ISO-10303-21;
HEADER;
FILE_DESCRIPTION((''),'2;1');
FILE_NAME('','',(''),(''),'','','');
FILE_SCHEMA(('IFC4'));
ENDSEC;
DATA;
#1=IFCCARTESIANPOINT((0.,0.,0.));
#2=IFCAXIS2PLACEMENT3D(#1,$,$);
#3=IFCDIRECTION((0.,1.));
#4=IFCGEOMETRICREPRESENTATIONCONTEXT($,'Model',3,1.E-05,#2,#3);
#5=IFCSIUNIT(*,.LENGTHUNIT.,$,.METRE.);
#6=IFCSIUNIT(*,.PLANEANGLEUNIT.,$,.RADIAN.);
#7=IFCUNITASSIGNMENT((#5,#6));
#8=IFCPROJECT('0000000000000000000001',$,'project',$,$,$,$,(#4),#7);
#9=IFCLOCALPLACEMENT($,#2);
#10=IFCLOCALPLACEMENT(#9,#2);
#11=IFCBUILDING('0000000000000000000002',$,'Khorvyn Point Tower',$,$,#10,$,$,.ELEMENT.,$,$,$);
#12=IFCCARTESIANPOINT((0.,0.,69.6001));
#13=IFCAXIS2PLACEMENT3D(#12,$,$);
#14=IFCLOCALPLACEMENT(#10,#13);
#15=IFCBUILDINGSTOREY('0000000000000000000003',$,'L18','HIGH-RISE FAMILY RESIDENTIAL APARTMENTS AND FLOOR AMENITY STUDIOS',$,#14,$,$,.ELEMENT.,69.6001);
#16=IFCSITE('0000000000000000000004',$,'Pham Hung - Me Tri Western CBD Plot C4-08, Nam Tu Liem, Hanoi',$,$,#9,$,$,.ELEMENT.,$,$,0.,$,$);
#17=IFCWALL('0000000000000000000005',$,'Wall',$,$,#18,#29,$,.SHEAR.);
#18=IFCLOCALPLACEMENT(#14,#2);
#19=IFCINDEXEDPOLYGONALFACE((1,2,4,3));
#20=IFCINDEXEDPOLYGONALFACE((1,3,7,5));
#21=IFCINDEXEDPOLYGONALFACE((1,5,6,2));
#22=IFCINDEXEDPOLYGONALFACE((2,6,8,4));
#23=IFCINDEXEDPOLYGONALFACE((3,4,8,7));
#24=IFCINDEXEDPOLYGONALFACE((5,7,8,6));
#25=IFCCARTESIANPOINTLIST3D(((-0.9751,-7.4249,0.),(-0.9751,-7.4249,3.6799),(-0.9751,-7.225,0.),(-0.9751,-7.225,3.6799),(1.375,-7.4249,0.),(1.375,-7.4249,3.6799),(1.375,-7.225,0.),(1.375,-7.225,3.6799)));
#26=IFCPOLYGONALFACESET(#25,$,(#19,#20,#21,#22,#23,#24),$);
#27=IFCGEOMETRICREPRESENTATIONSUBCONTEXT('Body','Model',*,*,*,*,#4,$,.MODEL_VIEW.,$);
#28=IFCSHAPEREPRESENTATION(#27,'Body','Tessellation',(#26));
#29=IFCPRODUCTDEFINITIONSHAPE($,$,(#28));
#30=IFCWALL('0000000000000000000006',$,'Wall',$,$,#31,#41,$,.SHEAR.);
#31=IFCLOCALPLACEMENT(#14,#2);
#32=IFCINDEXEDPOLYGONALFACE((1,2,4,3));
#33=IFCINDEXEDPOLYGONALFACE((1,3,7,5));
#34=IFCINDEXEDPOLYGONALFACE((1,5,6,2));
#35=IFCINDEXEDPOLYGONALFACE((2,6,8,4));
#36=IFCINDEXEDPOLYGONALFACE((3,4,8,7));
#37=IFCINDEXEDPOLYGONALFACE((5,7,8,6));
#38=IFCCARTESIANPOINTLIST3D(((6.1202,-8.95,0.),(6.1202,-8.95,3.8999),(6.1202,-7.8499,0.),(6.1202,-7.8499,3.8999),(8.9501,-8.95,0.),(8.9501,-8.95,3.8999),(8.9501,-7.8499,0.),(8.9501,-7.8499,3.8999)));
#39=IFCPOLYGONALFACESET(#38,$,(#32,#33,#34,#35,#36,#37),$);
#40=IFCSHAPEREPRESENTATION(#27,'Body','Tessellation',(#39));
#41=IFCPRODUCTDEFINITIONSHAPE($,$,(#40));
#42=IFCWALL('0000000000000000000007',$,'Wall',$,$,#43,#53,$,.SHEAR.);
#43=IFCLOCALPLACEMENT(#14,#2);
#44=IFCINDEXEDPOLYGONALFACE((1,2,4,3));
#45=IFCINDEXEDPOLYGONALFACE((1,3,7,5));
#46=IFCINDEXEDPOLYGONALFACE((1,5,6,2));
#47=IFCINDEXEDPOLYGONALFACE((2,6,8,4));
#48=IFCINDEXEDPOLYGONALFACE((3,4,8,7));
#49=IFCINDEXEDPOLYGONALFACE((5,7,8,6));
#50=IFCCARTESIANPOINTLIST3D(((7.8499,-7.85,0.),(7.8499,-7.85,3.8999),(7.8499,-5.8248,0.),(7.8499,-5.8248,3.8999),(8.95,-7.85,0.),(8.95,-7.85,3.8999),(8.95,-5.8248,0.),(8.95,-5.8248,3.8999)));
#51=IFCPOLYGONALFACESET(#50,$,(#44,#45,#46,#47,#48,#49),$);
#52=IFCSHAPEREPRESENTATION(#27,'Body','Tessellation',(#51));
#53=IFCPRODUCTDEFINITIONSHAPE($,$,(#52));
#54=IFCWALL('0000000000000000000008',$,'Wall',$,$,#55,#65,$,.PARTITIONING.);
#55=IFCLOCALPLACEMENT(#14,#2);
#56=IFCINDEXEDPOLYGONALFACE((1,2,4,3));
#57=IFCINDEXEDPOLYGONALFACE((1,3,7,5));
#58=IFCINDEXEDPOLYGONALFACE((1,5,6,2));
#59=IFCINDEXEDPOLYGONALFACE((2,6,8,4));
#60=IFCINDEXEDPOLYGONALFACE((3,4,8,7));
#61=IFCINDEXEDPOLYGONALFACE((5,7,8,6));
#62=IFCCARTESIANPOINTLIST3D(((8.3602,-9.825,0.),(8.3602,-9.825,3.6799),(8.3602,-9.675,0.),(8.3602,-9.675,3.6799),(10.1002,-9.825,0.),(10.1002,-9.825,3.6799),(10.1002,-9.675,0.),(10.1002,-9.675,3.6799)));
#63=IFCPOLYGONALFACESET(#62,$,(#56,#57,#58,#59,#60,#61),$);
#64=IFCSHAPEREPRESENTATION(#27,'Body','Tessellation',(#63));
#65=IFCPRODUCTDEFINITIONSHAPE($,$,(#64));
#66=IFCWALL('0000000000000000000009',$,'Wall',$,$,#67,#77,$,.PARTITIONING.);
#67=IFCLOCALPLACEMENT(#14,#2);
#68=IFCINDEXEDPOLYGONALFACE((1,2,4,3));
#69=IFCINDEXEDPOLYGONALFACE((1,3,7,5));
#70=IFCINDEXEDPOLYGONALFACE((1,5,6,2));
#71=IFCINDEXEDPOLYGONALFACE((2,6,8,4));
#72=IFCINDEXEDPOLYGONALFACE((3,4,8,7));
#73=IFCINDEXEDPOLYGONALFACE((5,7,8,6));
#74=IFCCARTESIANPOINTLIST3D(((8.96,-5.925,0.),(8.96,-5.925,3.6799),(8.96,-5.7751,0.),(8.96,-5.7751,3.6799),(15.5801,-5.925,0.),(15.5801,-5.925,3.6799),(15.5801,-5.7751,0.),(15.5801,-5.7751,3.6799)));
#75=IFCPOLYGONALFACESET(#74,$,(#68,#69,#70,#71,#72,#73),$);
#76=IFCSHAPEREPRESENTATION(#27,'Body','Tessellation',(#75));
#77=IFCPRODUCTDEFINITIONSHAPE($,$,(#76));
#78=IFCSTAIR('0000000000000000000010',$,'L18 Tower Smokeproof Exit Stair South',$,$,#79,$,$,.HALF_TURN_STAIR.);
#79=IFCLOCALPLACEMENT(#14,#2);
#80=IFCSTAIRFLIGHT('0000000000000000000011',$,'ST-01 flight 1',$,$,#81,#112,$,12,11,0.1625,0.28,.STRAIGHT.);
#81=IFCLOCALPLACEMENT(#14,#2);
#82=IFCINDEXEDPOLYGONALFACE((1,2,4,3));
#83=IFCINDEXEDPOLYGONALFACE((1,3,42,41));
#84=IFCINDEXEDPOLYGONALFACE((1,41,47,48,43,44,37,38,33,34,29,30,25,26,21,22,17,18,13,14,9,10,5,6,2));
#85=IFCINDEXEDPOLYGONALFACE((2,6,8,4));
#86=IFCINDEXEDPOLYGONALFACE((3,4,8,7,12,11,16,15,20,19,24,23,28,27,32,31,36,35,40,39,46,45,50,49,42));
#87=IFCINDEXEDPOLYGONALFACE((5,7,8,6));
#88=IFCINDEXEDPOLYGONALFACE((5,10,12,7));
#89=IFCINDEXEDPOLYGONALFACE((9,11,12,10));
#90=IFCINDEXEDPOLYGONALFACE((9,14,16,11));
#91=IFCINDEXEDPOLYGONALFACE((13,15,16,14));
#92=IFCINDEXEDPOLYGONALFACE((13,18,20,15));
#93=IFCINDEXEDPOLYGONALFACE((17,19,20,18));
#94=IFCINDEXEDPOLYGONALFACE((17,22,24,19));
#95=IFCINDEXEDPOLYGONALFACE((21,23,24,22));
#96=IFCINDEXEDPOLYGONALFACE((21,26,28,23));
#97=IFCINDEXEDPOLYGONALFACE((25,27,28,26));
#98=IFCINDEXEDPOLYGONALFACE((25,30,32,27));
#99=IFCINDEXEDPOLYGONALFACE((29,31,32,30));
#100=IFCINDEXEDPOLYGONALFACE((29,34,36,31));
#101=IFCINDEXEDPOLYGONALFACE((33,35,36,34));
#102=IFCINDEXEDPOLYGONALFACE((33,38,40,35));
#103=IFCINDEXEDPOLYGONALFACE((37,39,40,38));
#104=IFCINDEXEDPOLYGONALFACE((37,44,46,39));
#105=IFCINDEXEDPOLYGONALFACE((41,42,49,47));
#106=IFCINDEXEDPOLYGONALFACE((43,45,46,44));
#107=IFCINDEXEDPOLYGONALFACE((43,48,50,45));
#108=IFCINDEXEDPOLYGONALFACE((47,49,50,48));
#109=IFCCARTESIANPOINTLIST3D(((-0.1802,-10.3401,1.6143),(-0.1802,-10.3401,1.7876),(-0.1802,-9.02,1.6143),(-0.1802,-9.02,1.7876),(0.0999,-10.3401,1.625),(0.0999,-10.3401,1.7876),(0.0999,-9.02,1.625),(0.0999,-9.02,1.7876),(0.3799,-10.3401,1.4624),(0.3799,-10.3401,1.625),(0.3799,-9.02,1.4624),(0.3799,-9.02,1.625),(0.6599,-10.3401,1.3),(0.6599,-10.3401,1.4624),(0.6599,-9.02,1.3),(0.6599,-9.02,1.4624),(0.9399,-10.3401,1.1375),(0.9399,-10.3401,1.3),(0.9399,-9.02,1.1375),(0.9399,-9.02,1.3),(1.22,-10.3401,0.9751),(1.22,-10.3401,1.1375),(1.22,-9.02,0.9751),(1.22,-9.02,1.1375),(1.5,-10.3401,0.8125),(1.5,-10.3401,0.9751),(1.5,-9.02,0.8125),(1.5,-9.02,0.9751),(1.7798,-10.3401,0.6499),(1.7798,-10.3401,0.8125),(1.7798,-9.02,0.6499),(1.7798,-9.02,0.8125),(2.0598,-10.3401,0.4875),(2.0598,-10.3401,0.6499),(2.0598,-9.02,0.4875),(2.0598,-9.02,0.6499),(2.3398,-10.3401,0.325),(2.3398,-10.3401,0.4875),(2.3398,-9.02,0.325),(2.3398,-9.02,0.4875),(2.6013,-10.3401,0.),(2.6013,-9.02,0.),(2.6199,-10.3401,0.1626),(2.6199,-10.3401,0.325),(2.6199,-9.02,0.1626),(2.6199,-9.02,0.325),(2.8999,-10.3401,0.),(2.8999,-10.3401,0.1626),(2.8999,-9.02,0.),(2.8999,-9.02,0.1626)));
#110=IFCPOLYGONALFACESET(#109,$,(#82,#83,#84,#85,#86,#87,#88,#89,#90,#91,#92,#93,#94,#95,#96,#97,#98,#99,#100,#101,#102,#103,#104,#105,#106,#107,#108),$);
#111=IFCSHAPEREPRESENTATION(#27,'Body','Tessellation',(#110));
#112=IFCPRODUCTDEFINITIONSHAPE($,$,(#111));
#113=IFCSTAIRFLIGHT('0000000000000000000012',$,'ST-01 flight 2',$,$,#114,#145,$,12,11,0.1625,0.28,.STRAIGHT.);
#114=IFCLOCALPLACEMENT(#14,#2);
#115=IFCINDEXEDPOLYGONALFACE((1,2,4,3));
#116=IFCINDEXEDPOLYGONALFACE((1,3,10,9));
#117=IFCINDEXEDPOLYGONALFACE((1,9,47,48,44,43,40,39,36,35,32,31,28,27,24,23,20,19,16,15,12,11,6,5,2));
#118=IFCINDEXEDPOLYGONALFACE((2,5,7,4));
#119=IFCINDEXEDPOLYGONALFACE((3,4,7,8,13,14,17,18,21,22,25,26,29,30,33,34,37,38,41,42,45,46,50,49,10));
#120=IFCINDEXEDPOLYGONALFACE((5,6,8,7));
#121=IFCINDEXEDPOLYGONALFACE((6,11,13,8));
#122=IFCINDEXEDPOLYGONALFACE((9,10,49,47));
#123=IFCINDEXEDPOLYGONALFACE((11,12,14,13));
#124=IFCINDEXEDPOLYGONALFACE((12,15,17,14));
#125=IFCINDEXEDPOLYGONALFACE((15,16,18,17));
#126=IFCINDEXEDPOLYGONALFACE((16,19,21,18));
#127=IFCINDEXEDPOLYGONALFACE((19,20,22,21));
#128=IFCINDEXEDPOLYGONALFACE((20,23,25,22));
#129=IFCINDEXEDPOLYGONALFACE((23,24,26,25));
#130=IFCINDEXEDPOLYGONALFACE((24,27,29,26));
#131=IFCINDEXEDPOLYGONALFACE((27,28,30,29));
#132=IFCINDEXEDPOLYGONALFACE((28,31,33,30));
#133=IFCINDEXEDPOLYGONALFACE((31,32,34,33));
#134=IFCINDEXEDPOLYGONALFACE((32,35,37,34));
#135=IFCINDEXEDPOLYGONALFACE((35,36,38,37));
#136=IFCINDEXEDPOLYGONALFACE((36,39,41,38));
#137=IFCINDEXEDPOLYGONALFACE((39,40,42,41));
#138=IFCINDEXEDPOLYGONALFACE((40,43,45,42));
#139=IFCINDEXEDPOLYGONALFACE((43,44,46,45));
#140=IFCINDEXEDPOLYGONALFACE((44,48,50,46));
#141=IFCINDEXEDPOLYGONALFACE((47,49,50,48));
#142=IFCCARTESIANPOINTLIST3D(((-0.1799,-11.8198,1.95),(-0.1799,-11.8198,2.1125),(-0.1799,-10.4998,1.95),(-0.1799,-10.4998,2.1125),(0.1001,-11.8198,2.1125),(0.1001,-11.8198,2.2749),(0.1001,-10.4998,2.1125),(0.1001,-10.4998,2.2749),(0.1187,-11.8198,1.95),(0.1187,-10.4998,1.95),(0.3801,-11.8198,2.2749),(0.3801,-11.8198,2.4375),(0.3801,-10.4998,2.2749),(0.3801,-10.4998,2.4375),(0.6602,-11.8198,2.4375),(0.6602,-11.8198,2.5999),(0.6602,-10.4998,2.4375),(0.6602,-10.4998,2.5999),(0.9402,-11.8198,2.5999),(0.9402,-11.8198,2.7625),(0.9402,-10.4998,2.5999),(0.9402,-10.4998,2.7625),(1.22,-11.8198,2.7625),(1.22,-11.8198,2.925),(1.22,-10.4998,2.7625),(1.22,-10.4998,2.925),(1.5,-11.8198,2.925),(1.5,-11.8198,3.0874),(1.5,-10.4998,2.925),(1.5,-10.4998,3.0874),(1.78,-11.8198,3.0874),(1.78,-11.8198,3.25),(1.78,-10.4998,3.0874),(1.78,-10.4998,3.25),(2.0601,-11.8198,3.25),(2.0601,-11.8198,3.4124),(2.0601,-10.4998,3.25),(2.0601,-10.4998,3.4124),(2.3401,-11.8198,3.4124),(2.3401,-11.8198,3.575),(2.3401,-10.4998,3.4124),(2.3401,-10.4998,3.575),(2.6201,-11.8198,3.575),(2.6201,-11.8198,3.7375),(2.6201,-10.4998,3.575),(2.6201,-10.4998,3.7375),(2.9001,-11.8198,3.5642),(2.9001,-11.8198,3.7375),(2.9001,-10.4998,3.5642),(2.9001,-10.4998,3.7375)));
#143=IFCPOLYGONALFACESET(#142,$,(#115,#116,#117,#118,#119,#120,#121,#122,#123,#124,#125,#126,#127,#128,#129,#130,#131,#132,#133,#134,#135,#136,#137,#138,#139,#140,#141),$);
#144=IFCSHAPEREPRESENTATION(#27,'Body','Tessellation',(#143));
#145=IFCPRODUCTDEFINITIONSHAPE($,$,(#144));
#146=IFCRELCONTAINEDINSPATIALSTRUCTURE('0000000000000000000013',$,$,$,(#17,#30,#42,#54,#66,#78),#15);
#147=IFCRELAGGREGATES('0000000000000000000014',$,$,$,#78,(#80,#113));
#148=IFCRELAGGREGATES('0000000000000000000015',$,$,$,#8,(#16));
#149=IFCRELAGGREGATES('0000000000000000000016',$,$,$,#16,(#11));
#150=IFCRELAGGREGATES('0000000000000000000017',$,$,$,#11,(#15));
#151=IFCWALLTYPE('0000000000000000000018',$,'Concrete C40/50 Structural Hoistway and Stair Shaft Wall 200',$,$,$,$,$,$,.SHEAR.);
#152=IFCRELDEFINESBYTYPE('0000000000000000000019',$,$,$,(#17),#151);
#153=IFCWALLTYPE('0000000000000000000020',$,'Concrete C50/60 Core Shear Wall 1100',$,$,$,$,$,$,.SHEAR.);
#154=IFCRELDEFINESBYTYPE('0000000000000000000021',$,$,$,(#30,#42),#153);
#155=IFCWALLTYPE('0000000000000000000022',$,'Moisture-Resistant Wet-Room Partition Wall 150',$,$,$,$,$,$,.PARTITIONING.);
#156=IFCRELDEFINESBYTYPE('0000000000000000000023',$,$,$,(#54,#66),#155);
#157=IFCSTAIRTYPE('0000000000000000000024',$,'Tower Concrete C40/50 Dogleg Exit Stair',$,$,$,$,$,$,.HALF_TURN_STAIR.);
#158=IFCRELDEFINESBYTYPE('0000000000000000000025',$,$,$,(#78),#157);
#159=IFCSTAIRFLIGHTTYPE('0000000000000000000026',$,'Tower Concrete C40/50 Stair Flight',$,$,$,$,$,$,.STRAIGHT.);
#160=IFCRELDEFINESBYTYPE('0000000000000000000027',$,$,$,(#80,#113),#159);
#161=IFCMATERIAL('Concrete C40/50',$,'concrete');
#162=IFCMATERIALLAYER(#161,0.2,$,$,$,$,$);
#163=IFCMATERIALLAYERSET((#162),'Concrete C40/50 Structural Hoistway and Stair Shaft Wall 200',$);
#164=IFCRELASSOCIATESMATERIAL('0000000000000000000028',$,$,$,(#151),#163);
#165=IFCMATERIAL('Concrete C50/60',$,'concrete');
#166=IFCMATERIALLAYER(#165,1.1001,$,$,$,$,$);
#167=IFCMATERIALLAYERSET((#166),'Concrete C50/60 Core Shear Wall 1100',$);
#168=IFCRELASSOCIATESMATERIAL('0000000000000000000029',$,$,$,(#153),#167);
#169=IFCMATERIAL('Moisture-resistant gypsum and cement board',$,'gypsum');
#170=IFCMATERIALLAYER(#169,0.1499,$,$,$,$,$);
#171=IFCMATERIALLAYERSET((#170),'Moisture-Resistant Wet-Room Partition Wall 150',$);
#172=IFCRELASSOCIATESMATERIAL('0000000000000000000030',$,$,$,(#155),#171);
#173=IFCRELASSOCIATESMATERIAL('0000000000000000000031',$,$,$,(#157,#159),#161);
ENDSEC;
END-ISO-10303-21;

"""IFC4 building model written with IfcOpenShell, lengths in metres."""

from ifc_helpers import new_model, si_unit, direction, frame, frame_2d, origin, place, context, subcontext, project, spatial, polyline, rectangle, outline, extrude, material, layer, layer_set, type_object, element, aggregate, save


model = new_model("IFC4")

# Units and contexts
model_context = context("Model", 3, precision=1e-05, world=origin(), true_north=direction((0.0, 1.0)))
body_context = subcontext(model_context, "Body", "Model", "MODEL_VIEW")
ifc_project = project(units=[si_unit("LENGTHUNIT", "METRE"), si_unit("PLANEANGLEUNIT", "RADIAN")], contexts=[model_context])

# Site, building, storey
site_placement = place(None, origin())
site = spatial("IfcSite", under=ifc_project, at=site_placement, Name="Pham Hung - Me Tri Western CBD Plot C4-08, Nam Tu Liem, Hanoi", CompositionType="ELEMENT", RefElevation=0.0)
building_placement = place(site_placement, origin())
building = spatial("IfcBuilding", under=site, at=building_placement, Name="Khorvyn Point Tower", CompositionType="ELEMENT")
storey_placement = place(building_placement, frame((0.0, 0.0, 69.6001)))
storey = spatial("IfcBuildingStorey", under=building, at=storey_placement, Name="L18", Description="HIGH-RISE FAMILY RESIDENTIAL APARTMENTS AND FLOOR AMENITY STUDIOS", CompositionType="ELEMENT", Elevation=69.6001)

# Shared definitions
ifc_material_1 = material(Name="Concrete C50/60", Category="concrete")

# Shared definitions
ifc_material_2 = material(Name="Concrete C40/50", Category="concrete")

# Shared definitions
ifc_layer_1 = layer(ifc_material_2, 0.2)
ifc_layer_set_1 = layer_set([ifc_layer_1], Name="Concrete C40/50 Structural Hoistway and Stair Shaft Wall 200")
wall_type_1 = type_object("IfcWallType", Name="Concrete C40/50 Structural Hoistway and Stair Shaft Wall 200", PredefinedType="SHEAR", material=ifc_layer_set_1)

# Walls
wall_1_placement = place(storey_placement, frame((-0.9751, -7.325, 0.0), z_axis=(0.0, 0.0, 1.0), x_axis=(1.0, 0.0, 0.0)))
element("IfcWall", 1, at=wall_1_placement, inside=storey, type_object=wall_type_1, Name="Wall", PredefinedType="SHEAR", context=body_context, shape_type="SweptSolid", body=[
    extrude(rectangle(XDim=2.3501, YDim=0.2, at=frame_2d((1.175, 0.0))), origin(), (0.0, 0.0, 1.0), 3.6799),
])
ifc_layer_2 = layer(ifc_material_1, 1.1001)
ifc_layer_set_2 = layer_set([ifc_layer_2], Name="Concrete C50/60 Core Shear Wall 1100")
wall_type_2 = type_object("IfcWallType", Name="Concrete C50/60 Core Shear Wall 1100", PredefinedType="SHEAR", material=ifc_layer_set_2)
wall_2_placement = place(storey_placement, frame((6.1201, -8.3999, 0.0), z_axis=(0.0, 0.0, 1.0), x_axis=(1.0, 0.0, 0.0)))
element("IfcWall", 2, at=wall_2_placement, inside=storey, type_object=wall_type_2, Name="Wall", PredefinedType="SHEAR", context=body_context, shape_type="SweptSolid", body=[
    extrude(rectangle(XDim=2.8298, YDim=1.1001, at=frame_2d((1.415, 0.0))), origin(), (0.0, 0.0, 1.0), 3.8999),
])
wall_3_placement = place(storey_placement, frame((8.3999, -7.8501, 0.0), z_axis=(0.0, 0.0, 1.0), x_axis=(0.0, 1.0, 0.0)))
element("IfcWall", 3, at=wall_3_placement, inside=storey, type_object=wall_type_2, Name="Wall", PredefinedType="SHEAR", context=body_context, shape_type="SweptSolid", body=[
    extrude(rectangle(XDim=2.0251, YDim=1.1001, at=frame_2d((1.0127, 0.0))), origin(), (0.0, 0.0, 1.0), 3.8999),
])
ifc_material_3 = material(Name="Moisture-resistant gypsum and cement board", Category="gypsum")
ifc_layer_3 = layer(ifc_material_3, 0.1499)
ifc_layer_set_3 = layer_set([ifc_layer_3], Name="Moisture-Resistant Wet-Room Partition Wall 150")
wall_type_3 = type_object("IfcWallType", Name="Moisture-Resistant Wet-Room Partition Wall 150", PredefinedType="PARTITIONING", material=ifc_layer_set_3)
wall_4_placement = place(storey_placement, frame((8.3601, -9.75, 0.0), z_axis=(0.0, 0.0, 1.0), x_axis=(1.0, 0.0, 0.0)))
element("IfcWall", 4, at=wall_4_placement, inside=storey, type_object=wall_type_3, Name="Wall", PredefinedType="PARTITIONING", context=body_context, shape_type="SweptSolid", body=[
    extrude(rectangle(XDim=1.74, YDim=0.1499, at=frame_2d((0.8701, 0.0))), origin(), (0.0, 0.0, 1.0), 3.6799),
])
wall_5_placement = place(storey_placement, frame((8.96, -5.8501, 0.0), z_axis=(0.0, 0.0, 1.0), x_axis=(1.0, 0.0, 0.0)))
element("IfcWall", 5, at=wall_5_placement, inside=storey, type_object=wall_type_3, Name="Wall", PredefinedType="PARTITIONING", context=body_context, shape_type="SweptSolid", body=[
    extrude(rectangle(XDim=6.6201, YDim=0.1499, at=frame_2d((3.3101, 0.0))), origin(), (0.0, 0.0, 1.0), 3.6799),
])

# Stair, stair flights
stair_type = type_object("IfcStairType", Name="Tower Concrete C40/50 Dogleg Exit Stair", PredefinedType="HALF_TURN_STAIR", material=ifc_material_2)
stair_placement = place(storey_placement, origin())
stair = element("IfcStair", 6, at=stair_placement, inside=storey, type_object=stair_type, Name="L18 Tower Smokeproof Exit Stair South", PredefinedType="HALF_TURN_STAIR")
stair_flight_type = type_object("IfcStairFlightType", Name="Tower Concrete C40/50 Stair Flight", PredefinedType="STRAIGHT", material=ifc_material_2)
stair_flight_1_placement = place(storey_placement, frame((2.8999, -9.6799, 0.0), z_axis=(0.0, 0.0, 1.0), x_axis=(-1.0, 0.0, 0.0)))
stair_flight_1 = element("IfcStairFlight", 7, at=stair_flight_1_placement, type_object=stair_flight_type, Name="ST-01 flight 1", NumberOfRisers=12, NumberOfTreads=11, PredefinedType="STRAIGHT", RiserHeight=0.1625, TreadLength=0.28, context=body_context, shape_type="SweptSolid", body=[
    extrude(outline(polyline([(0.0, 0.0), (0.0, 0.1626), (0.28, 0.1626), (0.28, 0.325), (0.5601, 0.325), (0.5601, 0.4875), (0.8401, 0.4875), (0.8401, 0.6499), (1.1201, 0.6499), (1.1201, 0.8125), (1.3999, 0.8125), (1.3999, 0.9751), (1.6799, 0.9751), (1.6799, 1.1375), (1.96, 1.1375), (1.96, 1.3), (2.24, 1.3), (2.24, 1.4624), (2.52, 1.4624), (2.52, 1.625), (2.8, 1.625), (2.8, 1.7876), (3.0801, 1.7876), (3.0801, 1.95), (3.0801, 1.6143), (0.2986, 0.0), (0.0, 0.0)])), frame((0.0, 0.6602, 0.0), z_axis=(0.0, -1.0, 0.0), x_axis=(1.0, 0.0, 0.0)), (0.0, 0.0, 1.0), 1.3201),
])
stair_flight_2_placement = place(storey_placement, frame((-0.1799, -11.1599, 1.95), z_axis=(0.0, 0.0, 1.0), x_axis=(1.0, 0.0, 0.0)))
stair_flight_2 = element("IfcStairFlight", 8, at=stair_flight_2_placement, type_object=stair_flight_type, Name="ST-01 flight 2", NumberOfRisers=12, NumberOfTreads=11, PredefinedType="STRAIGHT", RiserHeight=0.1625, TreadLength=0.28, context=body_context, shape_type="SweptSolid", body=[
    extrude(outline(polyline([(0.0, 0.0), (0.0, 0.1626), (0.28, 0.1626), (0.28, 0.325), (0.5601, 0.325), (0.5601, 0.4875), (0.8401, 0.4875), (0.8401, 0.6499), (1.1201, 0.6499), (1.1201, 0.8125), (1.3999, 0.8125), (1.3999, 0.9751), (1.6799, 0.9751), (1.6799, 1.1375), (1.96, 1.1375), (1.96, 1.3), (2.24, 1.3), (2.24, 1.4624), (2.52, 1.4624), (2.52, 1.625), (2.8, 1.625), (2.8, 1.7876), (3.0801, 1.7876), (3.0801, 1.95), (3.0801, 1.6143), (0.2986, 0.0), (0.0, 0.0)])), frame((0.0, 0.6602, 0.0), z_axis=(0.0, -1.0, 0.0), x_axis=(1.0, 0.0, 0.0)), (0.0, 0.0, 1.0), 1.3201),
])
aggregate(stair, [stair_flight_1, stair_flight_2])

save(model, "model.ifc")
